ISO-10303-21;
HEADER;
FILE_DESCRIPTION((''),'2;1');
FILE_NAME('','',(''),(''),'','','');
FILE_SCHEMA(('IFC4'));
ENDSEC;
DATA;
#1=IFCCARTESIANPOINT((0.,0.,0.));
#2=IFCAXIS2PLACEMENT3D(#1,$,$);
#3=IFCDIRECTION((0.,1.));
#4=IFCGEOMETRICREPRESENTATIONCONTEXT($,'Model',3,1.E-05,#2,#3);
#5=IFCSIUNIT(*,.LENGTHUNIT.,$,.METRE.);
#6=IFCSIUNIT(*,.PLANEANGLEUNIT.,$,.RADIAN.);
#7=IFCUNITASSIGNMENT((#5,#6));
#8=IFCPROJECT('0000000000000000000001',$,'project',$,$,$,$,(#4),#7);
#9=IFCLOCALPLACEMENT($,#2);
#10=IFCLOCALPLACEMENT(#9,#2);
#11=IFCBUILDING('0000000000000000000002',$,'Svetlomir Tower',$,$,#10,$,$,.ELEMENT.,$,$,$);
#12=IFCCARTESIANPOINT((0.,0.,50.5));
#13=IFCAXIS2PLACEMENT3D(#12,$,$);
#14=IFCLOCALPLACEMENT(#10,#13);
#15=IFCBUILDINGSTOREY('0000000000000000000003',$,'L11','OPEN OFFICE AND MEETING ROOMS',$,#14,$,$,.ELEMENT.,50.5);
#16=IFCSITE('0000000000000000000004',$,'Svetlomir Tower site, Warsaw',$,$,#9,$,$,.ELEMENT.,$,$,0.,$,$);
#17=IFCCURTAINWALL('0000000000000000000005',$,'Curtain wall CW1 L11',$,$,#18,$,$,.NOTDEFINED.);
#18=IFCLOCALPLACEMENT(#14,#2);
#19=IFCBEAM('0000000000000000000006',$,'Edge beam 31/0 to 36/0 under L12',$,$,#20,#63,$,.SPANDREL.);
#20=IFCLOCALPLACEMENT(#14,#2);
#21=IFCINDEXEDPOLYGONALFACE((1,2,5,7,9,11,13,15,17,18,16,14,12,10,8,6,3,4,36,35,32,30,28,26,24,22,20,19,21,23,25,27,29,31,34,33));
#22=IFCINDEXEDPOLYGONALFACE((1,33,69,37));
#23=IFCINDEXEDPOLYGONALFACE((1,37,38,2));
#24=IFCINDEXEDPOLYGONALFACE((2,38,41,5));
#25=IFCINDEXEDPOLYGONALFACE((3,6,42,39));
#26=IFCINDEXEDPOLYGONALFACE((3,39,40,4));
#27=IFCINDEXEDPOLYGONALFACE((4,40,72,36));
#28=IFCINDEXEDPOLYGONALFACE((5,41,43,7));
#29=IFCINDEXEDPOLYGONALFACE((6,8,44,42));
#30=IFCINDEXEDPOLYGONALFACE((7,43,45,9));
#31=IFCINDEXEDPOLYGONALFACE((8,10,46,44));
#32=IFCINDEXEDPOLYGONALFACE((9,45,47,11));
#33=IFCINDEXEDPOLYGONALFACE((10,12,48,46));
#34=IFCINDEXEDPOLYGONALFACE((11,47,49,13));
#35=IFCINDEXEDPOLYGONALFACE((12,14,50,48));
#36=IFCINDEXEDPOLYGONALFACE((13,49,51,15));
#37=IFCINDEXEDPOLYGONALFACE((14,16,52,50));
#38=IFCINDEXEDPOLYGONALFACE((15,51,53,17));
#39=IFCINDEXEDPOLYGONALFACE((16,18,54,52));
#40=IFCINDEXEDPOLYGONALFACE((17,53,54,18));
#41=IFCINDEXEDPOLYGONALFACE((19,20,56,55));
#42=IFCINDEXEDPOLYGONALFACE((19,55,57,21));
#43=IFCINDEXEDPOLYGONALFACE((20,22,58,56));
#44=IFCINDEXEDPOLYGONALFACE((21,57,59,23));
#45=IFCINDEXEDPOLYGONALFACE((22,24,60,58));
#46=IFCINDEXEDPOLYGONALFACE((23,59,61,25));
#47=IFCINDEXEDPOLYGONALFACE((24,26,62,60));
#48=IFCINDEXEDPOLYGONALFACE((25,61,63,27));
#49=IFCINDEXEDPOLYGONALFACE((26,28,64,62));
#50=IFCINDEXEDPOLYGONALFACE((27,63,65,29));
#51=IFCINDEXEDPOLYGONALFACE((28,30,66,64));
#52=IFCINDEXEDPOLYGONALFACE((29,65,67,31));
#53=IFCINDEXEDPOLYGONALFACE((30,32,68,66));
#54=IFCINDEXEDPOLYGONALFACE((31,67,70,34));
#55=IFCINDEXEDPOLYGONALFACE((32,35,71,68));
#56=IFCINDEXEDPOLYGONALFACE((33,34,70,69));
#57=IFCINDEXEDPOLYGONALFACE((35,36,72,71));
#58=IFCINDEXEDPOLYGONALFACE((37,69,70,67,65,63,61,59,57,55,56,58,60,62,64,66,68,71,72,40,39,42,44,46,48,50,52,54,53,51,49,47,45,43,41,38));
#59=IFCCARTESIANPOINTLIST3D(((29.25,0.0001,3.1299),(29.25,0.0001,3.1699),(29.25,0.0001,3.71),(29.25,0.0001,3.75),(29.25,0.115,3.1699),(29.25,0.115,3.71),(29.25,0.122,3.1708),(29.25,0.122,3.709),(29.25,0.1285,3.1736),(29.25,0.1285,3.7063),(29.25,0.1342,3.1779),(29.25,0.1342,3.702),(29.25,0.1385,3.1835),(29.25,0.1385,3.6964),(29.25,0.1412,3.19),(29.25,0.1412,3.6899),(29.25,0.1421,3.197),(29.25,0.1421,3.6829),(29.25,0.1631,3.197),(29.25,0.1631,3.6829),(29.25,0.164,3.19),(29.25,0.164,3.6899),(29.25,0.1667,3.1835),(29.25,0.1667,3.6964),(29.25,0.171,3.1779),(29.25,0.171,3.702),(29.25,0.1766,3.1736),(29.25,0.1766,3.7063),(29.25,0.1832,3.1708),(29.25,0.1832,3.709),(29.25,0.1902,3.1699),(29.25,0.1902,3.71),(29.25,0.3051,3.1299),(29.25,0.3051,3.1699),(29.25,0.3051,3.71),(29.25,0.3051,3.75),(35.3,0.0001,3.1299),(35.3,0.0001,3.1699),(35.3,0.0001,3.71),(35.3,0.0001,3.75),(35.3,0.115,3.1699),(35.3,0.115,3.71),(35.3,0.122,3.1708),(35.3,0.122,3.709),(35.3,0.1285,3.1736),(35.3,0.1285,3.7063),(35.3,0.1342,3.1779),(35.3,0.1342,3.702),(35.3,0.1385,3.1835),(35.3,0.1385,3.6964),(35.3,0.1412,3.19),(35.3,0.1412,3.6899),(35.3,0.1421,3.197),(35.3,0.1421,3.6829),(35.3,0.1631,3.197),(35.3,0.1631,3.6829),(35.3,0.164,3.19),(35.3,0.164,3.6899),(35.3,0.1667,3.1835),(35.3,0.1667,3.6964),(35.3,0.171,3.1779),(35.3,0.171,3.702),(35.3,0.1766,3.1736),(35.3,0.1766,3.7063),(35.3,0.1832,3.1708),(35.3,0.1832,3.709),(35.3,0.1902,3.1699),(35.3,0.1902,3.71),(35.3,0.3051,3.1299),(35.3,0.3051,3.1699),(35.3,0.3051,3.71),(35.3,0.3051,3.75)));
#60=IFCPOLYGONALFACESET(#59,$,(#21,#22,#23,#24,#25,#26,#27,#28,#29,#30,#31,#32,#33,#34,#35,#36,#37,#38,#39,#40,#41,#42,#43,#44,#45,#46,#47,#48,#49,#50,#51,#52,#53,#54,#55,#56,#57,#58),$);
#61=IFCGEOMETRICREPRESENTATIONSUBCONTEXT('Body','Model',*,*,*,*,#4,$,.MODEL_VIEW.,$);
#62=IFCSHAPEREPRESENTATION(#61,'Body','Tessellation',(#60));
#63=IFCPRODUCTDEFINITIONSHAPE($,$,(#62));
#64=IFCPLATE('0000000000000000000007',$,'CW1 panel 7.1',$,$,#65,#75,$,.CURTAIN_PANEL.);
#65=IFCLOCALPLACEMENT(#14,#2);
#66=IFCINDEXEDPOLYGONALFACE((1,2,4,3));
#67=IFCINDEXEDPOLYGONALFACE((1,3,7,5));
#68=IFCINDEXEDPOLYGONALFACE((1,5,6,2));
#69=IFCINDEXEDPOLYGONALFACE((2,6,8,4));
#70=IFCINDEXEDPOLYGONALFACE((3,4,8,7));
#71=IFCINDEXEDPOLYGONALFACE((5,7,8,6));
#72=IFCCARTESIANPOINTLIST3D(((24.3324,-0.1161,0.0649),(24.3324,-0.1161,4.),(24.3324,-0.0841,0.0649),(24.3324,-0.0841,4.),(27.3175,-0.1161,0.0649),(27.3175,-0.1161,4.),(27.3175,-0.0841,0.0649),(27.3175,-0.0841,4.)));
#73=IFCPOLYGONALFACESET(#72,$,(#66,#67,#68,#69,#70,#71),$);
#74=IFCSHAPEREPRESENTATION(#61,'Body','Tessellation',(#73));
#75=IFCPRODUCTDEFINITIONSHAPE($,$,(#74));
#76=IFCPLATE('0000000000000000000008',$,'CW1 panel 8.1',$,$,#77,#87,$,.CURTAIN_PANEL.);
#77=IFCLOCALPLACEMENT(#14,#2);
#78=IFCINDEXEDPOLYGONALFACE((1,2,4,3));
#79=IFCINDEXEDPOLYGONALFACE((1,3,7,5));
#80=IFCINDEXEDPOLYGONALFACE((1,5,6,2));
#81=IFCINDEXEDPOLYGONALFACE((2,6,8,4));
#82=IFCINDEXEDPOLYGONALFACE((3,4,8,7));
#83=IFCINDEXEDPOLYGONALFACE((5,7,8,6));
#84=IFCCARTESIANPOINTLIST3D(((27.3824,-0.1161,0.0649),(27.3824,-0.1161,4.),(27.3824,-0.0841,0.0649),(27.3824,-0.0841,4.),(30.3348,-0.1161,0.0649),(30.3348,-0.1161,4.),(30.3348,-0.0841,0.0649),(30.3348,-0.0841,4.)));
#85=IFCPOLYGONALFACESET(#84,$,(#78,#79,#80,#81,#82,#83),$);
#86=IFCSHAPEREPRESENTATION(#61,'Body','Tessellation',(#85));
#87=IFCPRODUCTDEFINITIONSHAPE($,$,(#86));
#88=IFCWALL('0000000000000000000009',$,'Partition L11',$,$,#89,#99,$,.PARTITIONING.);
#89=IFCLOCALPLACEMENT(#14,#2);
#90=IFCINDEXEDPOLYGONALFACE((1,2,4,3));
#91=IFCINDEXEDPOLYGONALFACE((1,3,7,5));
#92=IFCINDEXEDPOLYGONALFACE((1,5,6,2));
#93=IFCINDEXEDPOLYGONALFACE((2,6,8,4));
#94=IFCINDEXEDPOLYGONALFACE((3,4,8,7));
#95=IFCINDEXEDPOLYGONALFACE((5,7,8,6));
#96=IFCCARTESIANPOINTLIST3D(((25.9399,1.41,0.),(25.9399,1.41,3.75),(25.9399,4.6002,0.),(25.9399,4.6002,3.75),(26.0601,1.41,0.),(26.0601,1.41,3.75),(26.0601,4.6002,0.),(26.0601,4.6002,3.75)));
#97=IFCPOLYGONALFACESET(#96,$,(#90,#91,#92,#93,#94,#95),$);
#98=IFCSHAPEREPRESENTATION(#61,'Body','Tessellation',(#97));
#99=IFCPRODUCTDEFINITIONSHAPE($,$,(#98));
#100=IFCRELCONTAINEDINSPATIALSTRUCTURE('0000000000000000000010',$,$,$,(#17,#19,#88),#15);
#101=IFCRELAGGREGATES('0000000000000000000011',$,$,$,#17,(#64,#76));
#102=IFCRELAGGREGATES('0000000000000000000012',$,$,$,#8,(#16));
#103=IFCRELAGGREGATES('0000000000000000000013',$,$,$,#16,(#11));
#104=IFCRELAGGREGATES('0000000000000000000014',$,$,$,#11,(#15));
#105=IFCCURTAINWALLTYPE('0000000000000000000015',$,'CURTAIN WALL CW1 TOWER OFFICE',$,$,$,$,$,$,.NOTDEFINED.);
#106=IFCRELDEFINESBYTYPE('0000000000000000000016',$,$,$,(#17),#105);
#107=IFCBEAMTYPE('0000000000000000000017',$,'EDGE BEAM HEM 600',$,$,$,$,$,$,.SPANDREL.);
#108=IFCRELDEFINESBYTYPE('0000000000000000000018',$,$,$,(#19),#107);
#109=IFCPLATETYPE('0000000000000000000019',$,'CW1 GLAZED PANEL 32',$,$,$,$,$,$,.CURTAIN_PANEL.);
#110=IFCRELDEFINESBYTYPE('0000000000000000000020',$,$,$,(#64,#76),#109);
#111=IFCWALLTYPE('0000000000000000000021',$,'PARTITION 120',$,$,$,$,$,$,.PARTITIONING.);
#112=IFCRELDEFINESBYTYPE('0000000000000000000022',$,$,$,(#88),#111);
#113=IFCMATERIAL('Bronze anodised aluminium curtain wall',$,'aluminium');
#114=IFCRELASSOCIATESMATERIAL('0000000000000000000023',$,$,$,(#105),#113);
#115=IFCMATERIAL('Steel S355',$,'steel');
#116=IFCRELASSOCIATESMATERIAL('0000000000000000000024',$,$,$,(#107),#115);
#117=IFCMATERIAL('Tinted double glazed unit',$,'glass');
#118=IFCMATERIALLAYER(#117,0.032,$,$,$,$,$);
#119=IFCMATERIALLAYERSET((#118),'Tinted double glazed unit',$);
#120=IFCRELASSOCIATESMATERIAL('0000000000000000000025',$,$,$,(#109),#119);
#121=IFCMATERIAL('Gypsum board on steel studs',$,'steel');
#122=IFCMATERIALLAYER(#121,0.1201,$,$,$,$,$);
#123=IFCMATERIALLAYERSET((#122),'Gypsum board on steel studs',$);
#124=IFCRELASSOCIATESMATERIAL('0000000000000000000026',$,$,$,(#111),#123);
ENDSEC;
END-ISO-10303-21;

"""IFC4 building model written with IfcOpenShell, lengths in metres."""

from ifc_helpers import new_model, si_unit, direction, frame, frame_2d, origin, origin_2d, place, context, subcontext, project, spatial, rectangle, i_section, extrude, material, layer, layer_set, material_profile, profile_set, type_object, element, aggregate, save


model = new_model("IFC4")

# Units and contexts
model_context = context("Model", 3, precision=1e-05, world=origin(), true_north=direction((0.0, 1.0)))
body_context = subcontext(model_context, "Body", "Model", "MODEL_VIEW")
ifc_project = project(units=[si_unit("LENGTHUNIT", "METRE"), si_unit("PLANEANGLEUNIT", "RADIAN")], contexts=[model_context])

# Site, building, storey
site_placement = place(None, origin())
site = spatial("IfcSite", under=ifc_project, at=site_placement, Name="Svetlomir Tower site, Warsaw", CompositionType="ELEMENT", RefElevation=0.0)
building_placement = place(site_placement, origin())
building = spatial("IfcBuilding", under=site, at=building_placement, Name="Svetlomir Tower", CompositionType="ELEMENT")
storey_placement = place(building_placement, frame((0.0, 0.0, 50.5)))
storey = spatial("IfcBuildingStorey", under=building, at=storey_placement, Name="L11", Description="OPEN OFFICE AND MEETING ROOMS", CompositionType="ELEMENT", Elevation=50.5)

# Curtain wall
ifc_material_1 = material(Name="Bronze anodised aluminium curtain wall", Category="aluminium")
curtain_wall_type = type_object("IfcCurtainWallType", Name="CURTAIN WALL CW1 TOWER OFFICE", PredefinedType="NOTDEFINED", material=ifc_material_1)
curtain_wall_placement = place(storey_placement, origin())
curtain_wall = element("IfcCurtainWall", 1, at=curtain_wall_placement, inside=storey, type_object=curtain_wall_type, Name="Curtain wall CW1 L11", PredefinedType="NOTDEFINED")

# Beam
ifc_material_2 = material(Name="Steel S355", Category="steel")
ifc_material_profile_1 = material_profile(ifc_material_2, i_section(OverallWidth=0.3049, OverallDepth=0.6201, WebThickness=0.021, FlangeThickness=0.04, FilletRadius=0.0271, at=origin_2d()), Name="HEM 600")
ifc_profile_set_1 = profile_set([ifc_material_profile_1], Name="Steel S355")
beam_type_1 = type_object("IfcBeamType", Name="EDGE BEAM HEM 600", PredefinedType="SPANDREL", material=ifc_profile_set_1)
beam_1_placement = place(storey_placement, frame((29.25, 0.1526, 3.4399), z_axis=(1.0, 0.0, 0.0), x_axis=(0.0, 1.0, 0.0)))
element("IfcBeam", 2, at=beam_1_placement, inside=storey, type_object=beam_type_1, Name="Edge beam 31/0 to 36/0 under L12", PredefinedType="SPANDREL", context=body_context, shape_type="SweptSolid", body=[
    extrude(i_section(OverallWidth=0.3049, OverallDepth=0.6201, WebThickness=0.021, FlangeThickness=0.04, FilletRadius=0.0271, at=origin_2d()), origin(), (0.0, 0.0, 1.0), 6.05),
])

# Plates
ifc_material_3 = material(Name="Tinted double glazed unit", Category="glass")
ifc_layer_1 = layer(ifc_material_3, 0.032)
ifc_layer_set_1 = layer_set([ifc_layer_1], Name="Tinted double glazed unit")
plate_type = type_object("IfcPlateType", Name="CW1 GLAZED PANEL 32", PredefinedType="CURTAIN_PANEL", material=ifc_layer_set_1)
plate_1_placement = place(storey_placement, frame((25.825, -0.1001, 0.0649), z_axis=(0.0, 0.0, 1.0), x_axis=(1.0, 0.0, 0.0)))
plate_1 = element("IfcPlate", 3, at=plate_1_placement, type_object=plate_type, Name="CW1 panel 7.1", PredefinedType="CURTAIN_PANEL", context=body_context, shape_type="SweptSolid", body=[
    extrude(rectangle(XDim=2.9851, YDim=0.032, at=origin_2d()), origin(), (0.0, 0.0, 1.0), 3.9351),
])
plate_2_placement = place(storey_placement, frame((28.8586, -0.1001, 0.0649), z_axis=(0.0, 0.0, 1.0), x_axis=(1.0, 0.0, 0.0)))
plate_2 = element("IfcPlate", 4, at=plate_2_placement, type_object=plate_type, Name="CW1 panel 8.1", PredefinedType="CURTAIN_PANEL", context=body_context, shape_type="SweptSolid", body=[
    extrude(rectangle(XDim=2.9524, YDim=0.032, at=origin_2d()), origin(), (0.0, 0.0, 1.0), 3.9351),
])
aggregate(curtain_wall, [plate_1, plate_2])

# Wall
ifc_material_4 = material(Name="Gypsum board on steel studs", Category="steel")
ifc_layer_2 = layer(ifc_material_4, 0.1201)
ifc_layer_set_2 = layer_set([ifc_layer_2], Name="Gypsum board on steel studs")
wall_type_1 = type_object("IfcWallType", Name="PARTITION 120", PredefinedType="PARTITIONING", material=ifc_layer_set_2)
wall_1_placement = place(storey_placement, frame((26.0, 1.4099, 0.0), z_axis=(0.0, 0.0, 1.0), x_axis=(0.0, 1.0, 0.0)))
element("IfcWall", 5, at=wall_1_placement, inside=storey, type_object=wall_type_1, Name="Partition L11", PredefinedType="PARTITIONING", context=body_context, shape_type="SweptSolid", body=[
    extrude(rectangle(XDim=3.1902, YDim=0.1201, at=frame_2d((1.5952, 0.0))), origin(), (0.0, 0.0, 1.0), 3.75),
])

save(model, "model.ifc")
